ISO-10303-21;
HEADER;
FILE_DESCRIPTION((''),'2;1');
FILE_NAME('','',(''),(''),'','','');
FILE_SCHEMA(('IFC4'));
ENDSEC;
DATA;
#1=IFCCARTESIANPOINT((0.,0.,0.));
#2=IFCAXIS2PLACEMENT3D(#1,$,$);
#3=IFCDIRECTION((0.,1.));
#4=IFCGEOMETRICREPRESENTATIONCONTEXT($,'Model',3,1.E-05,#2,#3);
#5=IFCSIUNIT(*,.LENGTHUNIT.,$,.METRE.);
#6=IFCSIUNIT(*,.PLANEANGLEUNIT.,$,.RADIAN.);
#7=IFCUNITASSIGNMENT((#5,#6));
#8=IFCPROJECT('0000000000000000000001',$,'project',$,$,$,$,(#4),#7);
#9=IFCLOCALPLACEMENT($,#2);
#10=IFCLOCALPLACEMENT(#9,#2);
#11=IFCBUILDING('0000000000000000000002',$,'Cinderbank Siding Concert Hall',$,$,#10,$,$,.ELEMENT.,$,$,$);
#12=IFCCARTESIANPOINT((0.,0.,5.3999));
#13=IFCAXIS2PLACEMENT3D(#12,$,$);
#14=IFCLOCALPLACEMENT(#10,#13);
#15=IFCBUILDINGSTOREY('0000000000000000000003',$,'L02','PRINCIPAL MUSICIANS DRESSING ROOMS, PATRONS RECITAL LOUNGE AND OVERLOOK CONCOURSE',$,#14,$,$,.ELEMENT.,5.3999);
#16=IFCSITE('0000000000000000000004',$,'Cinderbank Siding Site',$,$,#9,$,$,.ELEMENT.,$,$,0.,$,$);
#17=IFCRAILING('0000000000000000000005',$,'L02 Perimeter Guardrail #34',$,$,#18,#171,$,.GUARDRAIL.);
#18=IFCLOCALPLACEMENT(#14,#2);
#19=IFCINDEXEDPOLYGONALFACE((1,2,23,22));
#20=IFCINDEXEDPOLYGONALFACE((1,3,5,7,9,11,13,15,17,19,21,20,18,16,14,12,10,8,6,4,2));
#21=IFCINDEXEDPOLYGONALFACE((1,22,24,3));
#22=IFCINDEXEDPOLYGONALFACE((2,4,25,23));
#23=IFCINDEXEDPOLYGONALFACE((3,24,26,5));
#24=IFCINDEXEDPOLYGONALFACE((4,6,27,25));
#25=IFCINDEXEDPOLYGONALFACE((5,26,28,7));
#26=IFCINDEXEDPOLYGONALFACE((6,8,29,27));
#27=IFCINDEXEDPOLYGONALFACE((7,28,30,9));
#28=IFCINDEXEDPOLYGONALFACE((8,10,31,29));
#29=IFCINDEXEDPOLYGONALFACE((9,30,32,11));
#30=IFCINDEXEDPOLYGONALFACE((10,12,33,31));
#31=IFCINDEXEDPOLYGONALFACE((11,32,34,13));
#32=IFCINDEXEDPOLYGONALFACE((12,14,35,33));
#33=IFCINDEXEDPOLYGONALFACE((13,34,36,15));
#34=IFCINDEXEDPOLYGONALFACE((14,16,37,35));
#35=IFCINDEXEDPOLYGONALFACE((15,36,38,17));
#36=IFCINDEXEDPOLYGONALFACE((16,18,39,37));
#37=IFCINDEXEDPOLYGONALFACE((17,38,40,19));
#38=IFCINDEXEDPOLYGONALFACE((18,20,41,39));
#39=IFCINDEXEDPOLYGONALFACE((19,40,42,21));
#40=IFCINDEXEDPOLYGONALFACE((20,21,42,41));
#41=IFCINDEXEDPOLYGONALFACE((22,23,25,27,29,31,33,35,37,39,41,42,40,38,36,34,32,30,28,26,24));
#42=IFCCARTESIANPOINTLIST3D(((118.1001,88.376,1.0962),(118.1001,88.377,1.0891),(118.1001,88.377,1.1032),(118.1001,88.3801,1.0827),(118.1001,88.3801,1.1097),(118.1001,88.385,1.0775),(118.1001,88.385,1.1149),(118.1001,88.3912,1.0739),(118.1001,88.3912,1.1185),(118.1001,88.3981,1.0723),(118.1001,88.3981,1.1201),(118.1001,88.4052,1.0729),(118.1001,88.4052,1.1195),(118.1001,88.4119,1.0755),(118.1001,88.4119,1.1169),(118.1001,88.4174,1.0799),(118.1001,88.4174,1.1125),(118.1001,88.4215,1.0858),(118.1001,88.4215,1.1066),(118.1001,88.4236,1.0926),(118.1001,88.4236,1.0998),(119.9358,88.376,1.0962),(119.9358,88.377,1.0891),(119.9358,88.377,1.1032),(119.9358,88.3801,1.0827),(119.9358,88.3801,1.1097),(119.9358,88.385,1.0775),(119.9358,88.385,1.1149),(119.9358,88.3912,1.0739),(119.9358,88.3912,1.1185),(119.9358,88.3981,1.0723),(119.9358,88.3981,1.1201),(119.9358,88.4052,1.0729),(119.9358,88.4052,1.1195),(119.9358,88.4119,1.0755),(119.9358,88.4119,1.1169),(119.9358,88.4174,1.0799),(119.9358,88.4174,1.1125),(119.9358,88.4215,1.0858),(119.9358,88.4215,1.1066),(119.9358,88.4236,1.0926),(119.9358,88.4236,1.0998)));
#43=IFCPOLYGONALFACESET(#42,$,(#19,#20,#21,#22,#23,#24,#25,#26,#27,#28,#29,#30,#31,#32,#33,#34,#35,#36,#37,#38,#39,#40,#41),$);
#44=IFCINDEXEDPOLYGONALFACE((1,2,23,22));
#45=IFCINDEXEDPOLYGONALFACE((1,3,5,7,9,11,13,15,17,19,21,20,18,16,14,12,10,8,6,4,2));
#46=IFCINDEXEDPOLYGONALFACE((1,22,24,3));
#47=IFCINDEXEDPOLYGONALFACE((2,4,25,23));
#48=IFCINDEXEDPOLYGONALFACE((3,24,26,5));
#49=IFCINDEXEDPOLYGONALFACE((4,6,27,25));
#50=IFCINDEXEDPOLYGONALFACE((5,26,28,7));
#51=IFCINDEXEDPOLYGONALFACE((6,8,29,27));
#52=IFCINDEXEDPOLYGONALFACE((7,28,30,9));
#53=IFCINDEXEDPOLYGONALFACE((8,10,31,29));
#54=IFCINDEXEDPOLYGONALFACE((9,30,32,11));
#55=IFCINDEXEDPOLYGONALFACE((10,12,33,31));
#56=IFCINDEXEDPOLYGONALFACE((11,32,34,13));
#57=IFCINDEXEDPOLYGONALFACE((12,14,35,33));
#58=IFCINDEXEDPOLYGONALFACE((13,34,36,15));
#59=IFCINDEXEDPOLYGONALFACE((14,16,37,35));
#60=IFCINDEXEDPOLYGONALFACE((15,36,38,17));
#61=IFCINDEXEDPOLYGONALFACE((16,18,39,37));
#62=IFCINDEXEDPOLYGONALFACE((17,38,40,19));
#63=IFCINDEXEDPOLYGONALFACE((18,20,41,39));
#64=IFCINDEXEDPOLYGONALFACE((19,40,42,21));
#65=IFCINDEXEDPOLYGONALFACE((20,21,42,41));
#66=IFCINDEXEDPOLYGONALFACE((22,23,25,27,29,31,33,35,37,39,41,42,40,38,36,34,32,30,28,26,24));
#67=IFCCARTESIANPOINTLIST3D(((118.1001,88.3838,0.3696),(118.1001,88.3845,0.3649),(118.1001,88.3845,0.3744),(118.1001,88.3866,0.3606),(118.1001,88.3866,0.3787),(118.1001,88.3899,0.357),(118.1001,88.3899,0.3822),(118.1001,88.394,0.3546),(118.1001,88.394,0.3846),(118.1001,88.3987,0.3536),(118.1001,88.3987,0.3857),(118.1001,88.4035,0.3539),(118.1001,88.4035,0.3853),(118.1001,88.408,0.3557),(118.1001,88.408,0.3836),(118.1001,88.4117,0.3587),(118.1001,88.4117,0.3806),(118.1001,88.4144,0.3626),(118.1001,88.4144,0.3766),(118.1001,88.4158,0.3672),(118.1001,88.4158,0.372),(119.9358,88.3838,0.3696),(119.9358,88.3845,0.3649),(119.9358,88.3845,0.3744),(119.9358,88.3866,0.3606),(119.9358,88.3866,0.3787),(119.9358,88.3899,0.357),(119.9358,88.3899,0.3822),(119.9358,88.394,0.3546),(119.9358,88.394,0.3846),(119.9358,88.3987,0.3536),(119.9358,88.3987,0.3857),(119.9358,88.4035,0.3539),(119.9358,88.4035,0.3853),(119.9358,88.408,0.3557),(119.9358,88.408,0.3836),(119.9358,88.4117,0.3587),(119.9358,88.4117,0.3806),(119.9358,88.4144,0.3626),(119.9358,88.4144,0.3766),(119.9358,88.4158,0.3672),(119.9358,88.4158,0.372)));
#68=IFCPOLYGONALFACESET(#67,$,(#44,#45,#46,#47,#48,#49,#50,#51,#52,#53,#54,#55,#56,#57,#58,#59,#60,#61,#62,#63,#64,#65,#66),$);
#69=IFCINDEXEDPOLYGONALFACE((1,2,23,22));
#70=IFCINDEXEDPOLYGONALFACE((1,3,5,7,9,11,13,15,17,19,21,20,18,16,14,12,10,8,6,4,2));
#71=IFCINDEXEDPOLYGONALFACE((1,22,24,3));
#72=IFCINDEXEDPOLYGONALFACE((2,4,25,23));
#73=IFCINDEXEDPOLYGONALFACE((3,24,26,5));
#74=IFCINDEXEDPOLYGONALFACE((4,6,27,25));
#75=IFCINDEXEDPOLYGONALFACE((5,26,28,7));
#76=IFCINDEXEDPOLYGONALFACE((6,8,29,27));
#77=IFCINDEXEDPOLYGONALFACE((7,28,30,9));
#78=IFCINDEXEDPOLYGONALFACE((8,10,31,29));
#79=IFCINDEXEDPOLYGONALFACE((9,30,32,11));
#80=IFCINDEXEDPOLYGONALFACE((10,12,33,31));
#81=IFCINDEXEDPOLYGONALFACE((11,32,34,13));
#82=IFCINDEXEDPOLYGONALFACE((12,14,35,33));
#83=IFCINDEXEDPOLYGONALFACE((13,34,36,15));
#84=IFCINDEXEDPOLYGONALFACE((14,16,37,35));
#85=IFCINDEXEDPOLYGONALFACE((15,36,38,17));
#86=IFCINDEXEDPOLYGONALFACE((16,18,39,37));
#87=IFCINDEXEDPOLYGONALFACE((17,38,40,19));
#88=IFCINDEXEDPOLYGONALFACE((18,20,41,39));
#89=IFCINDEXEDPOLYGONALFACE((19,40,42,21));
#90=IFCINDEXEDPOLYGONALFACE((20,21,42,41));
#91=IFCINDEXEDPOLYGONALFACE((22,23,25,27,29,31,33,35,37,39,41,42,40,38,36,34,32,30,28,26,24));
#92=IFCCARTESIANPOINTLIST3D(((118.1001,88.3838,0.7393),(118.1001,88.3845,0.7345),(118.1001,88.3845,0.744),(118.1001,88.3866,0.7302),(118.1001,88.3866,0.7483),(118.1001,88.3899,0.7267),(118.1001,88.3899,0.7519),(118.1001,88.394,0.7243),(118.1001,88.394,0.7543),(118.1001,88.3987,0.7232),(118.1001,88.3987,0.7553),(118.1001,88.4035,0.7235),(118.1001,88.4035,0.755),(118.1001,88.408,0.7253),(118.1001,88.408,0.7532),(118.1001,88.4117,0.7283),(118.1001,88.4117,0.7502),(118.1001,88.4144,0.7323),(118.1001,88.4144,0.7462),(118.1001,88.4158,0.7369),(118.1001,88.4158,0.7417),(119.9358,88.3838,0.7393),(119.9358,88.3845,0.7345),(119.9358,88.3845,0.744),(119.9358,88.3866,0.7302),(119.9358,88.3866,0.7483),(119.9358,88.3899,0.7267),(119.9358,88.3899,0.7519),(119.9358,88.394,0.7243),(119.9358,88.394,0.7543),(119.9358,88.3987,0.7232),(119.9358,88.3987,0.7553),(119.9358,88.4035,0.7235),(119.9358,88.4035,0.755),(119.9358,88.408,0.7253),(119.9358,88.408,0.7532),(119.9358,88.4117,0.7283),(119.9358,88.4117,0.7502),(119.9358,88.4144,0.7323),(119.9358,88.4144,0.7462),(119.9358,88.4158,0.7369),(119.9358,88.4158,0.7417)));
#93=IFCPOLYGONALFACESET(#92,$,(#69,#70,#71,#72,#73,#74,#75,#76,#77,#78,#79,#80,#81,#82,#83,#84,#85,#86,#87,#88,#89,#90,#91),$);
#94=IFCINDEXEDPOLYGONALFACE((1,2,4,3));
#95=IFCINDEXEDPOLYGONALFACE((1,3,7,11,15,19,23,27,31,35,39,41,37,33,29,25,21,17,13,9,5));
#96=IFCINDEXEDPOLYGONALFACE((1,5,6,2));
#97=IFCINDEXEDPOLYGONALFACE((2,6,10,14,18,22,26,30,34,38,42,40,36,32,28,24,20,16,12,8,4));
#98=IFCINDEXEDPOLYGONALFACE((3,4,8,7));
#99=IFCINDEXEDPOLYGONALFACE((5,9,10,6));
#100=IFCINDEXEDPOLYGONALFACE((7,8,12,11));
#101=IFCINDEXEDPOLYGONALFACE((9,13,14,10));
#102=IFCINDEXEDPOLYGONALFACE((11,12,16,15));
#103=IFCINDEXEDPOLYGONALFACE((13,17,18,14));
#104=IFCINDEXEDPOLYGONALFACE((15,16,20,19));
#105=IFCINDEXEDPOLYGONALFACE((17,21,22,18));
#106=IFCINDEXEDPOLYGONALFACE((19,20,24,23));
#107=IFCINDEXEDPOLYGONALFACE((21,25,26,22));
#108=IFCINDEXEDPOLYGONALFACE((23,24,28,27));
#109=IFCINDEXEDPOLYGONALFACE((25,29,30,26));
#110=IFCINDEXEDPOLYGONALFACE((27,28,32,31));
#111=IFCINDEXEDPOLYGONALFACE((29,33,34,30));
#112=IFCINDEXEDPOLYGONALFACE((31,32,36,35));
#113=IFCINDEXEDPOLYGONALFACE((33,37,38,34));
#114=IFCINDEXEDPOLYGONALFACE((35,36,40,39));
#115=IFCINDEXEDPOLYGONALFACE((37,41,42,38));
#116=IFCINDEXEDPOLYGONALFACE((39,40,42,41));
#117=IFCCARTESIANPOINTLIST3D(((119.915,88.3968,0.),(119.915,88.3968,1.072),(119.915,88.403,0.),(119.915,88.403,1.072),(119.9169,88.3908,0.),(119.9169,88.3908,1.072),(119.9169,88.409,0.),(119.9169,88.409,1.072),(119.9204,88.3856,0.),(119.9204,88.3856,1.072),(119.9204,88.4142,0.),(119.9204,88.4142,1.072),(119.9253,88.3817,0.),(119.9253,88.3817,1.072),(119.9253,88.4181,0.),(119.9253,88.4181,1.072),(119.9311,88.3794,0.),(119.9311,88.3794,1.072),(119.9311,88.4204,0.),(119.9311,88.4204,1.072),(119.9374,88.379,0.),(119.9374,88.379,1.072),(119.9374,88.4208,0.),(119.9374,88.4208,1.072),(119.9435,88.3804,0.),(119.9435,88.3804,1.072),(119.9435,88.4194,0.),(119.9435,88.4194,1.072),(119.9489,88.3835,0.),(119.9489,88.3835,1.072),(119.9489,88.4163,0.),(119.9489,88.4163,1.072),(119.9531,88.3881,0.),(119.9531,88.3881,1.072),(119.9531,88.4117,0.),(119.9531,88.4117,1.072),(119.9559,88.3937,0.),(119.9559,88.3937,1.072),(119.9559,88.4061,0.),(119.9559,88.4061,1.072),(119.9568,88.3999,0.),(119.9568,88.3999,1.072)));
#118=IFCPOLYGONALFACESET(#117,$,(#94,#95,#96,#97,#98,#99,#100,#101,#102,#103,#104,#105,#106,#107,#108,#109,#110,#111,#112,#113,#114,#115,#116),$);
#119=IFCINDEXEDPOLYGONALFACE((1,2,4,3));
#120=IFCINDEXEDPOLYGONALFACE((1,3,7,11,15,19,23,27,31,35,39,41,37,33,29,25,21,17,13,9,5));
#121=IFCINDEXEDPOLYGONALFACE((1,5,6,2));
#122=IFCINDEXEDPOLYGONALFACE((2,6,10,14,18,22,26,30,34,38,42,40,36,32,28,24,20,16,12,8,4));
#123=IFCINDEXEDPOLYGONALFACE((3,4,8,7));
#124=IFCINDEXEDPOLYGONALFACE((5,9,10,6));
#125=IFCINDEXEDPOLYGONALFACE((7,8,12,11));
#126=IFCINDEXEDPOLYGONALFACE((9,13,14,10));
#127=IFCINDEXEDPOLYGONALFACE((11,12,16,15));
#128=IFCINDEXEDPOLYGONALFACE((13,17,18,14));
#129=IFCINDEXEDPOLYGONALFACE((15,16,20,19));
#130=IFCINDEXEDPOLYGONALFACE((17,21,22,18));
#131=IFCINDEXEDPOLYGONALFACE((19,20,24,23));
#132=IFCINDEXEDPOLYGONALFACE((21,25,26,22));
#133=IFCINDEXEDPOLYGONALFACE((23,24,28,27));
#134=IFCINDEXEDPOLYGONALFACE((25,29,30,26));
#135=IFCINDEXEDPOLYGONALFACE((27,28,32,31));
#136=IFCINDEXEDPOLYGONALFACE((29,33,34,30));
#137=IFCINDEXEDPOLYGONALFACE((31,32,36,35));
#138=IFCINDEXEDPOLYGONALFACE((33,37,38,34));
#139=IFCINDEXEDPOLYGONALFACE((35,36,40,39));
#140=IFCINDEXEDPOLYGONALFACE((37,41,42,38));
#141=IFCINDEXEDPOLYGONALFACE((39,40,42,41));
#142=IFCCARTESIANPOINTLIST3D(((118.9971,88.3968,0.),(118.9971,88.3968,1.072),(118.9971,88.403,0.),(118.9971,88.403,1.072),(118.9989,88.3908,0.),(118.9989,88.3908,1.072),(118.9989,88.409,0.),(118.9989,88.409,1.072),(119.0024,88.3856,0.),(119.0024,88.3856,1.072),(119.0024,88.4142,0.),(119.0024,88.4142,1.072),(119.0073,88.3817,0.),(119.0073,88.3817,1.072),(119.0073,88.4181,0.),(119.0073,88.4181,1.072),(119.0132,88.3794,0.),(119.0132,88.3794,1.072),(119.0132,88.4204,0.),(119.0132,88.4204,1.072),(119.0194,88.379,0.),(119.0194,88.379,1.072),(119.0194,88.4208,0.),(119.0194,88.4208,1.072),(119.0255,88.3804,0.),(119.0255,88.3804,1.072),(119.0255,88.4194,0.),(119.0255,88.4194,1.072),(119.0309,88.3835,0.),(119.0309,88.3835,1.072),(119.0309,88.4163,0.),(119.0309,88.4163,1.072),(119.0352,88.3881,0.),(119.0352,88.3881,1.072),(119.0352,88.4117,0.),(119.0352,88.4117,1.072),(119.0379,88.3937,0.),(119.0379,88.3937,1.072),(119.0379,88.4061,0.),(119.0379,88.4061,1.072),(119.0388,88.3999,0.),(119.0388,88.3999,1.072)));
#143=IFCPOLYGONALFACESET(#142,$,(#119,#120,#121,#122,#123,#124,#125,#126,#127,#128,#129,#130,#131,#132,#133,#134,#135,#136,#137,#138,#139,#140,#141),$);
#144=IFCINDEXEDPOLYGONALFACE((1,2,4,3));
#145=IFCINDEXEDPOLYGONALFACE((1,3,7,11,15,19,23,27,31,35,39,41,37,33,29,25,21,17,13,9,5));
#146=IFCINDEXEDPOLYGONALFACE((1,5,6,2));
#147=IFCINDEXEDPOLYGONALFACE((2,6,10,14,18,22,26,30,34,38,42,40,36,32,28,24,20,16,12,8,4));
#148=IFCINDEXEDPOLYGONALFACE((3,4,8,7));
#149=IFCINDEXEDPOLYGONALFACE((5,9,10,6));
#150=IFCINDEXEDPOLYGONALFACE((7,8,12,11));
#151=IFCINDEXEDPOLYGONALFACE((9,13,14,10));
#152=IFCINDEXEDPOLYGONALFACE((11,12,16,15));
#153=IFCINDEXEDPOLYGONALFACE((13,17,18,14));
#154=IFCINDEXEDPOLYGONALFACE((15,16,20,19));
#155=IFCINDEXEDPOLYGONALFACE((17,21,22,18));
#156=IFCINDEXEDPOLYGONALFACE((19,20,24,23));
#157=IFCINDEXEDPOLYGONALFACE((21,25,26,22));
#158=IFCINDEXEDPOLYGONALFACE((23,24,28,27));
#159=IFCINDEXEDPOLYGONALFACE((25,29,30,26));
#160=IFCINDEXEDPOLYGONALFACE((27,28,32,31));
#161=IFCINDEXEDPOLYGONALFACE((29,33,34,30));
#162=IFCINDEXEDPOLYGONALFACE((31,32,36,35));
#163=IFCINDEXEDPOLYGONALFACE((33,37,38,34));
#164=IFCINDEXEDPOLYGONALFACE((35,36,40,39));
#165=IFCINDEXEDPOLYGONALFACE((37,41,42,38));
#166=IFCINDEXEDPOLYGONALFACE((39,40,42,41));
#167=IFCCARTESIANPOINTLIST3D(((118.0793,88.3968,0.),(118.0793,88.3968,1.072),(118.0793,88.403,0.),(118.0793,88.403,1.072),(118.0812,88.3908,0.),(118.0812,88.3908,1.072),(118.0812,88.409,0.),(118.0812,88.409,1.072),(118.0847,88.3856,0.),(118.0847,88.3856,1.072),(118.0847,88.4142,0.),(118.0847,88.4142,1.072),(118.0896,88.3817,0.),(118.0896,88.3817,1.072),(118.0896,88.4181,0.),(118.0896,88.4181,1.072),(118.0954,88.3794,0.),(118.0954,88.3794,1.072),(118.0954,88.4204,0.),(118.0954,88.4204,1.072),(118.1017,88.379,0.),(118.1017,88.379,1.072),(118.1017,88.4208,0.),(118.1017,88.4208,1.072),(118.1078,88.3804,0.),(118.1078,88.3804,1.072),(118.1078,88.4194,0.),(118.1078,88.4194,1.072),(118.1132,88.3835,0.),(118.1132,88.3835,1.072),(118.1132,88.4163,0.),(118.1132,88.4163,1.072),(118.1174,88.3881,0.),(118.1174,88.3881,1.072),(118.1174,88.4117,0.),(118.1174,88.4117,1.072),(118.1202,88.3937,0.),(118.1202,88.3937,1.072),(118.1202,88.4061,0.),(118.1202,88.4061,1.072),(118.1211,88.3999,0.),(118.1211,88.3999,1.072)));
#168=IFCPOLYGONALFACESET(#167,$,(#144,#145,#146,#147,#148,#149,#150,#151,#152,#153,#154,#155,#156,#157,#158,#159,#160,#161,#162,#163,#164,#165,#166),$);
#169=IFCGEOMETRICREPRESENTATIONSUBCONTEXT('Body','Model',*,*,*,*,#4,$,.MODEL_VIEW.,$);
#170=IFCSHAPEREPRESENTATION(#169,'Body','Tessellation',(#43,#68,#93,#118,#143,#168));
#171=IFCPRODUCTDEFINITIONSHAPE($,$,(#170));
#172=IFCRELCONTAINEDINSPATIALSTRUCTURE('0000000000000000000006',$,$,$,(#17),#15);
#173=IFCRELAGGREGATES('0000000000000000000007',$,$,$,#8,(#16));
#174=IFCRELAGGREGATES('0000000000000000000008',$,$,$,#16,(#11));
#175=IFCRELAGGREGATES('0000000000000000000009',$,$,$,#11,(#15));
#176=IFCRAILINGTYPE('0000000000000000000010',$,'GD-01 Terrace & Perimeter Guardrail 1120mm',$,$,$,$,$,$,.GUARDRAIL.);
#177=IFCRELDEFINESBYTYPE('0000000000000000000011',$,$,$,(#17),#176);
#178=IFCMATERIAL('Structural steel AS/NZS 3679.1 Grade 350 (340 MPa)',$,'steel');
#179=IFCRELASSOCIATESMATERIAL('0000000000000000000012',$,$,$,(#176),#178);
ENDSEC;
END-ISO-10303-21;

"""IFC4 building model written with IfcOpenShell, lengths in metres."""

from ifc_helpers import new_model, si_unit, direction, frame, origin, origin_2d, place, context, subcontext, project, spatial, circle, extrude, material, type_object, element, save


model = new_model("IFC4")

# Units and contexts
model_context = context("Model", 3, precision=1e-05, world=origin(), true_north=direction((0.0, 1.0)))
body_context = subcontext(model_context, "Body", "Model", "MODEL_VIEW")
ifc_project = project(units=[si_unit("LENGTHUNIT", "METRE"), si_unit("PLANEANGLEUNIT", "RADIAN")], contexts=[model_context])

# Site, building, storey
site_placement = place(None, origin())
site = spatial("IfcSite", under=ifc_project, at=site_placement, Name="Cinderbank Siding Site", CompositionType="ELEMENT", RefElevation=0.0)
building_placement = place(site_placement, origin())
building = spatial("IfcBuilding", under=site, at=building_placement, Name="Cinderbank Siding Concert Hall", CompositionType="ELEMENT")
storey_placement = place(building_placement, frame((0.0, 0.0, 5.3999)))
storey = spatial("IfcBuildingStorey", under=building, at=storey_placement, Name="L02", Description="PRINCIPAL MUSICIANS DRESSING ROOMS, PATRONS RECITAL LOUNGE AND OVERLOOK CONCOURSE", CompositionType="ELEMENT", Elevation=5.3999)

# Shared definitions
ifc_material_1 = material(Name="Structural steel AS/NZS 3679.1 Grade 350 (340 MPa)", Category="steel")

# Railing
railing_type = type_object("IfcRailingType", Name="GD-01 Terrace & Perimeter Guardrail 1120mm", PredefinedType="GUARDRAIL", material=ifc_material_1)
railing_1_placement = place(storey_placement, frame((119.9358, 88.3999, 0.0)))
element("IfcRailing", 1, at=railing_1_placement, inside=storey, type_object=railing_type, Name="L02 Perimeter Guardrail #34", PredefinedType="GUARDRAIL", context=body_context, shape_type="SweptSolid", body=[
    extrude(circle(Radius=0.0239, at=origin_2d()), frame((0.0, 0.0, 1.0962), z_axis=(-1.0, 0.0, 0.0), x_axis=(0.0, -1.0, 0.0)), (0.0, 0.0, 1.0), 1.8357),
    extrude(circle(Radius=0.0161, at=origin_2d()), frame((0.0, 0.0, 0.3696), z_axis=(-1.0, 0.0, 0.0), x_axis=(0.0, -1.0, 0.0)), (0.0, 0.0, 1.0), 1.8357),
    extrude(circle(Radius=0.0161, at=origin_2d()), frame((0.0, 0.0, 0.7393), z_axis=(-1.0, 0.0, 0.0), x_axis=(0.0, -1.0, 0.0)), (0.0, 0.0, 1.0), 1.8357),
    extrude(circle(Radius=0.021, at=origin_2d()), origin(), (0.0, 0.0, 1.0), 1.072),
    extrude(circle(Radius=0.021, at=origin_2d()), frame((-0.918, 0.0, 0.0)), (0.0, 0.0, 1.0), 1.072),
    extrude(circle(Radius=0.021, at=origin_2d()), frame((-1.8357, 0.0, 0.0)), (0.0, 0.0, 1.0), 1.072),
])

save(model, "model.ifc")
